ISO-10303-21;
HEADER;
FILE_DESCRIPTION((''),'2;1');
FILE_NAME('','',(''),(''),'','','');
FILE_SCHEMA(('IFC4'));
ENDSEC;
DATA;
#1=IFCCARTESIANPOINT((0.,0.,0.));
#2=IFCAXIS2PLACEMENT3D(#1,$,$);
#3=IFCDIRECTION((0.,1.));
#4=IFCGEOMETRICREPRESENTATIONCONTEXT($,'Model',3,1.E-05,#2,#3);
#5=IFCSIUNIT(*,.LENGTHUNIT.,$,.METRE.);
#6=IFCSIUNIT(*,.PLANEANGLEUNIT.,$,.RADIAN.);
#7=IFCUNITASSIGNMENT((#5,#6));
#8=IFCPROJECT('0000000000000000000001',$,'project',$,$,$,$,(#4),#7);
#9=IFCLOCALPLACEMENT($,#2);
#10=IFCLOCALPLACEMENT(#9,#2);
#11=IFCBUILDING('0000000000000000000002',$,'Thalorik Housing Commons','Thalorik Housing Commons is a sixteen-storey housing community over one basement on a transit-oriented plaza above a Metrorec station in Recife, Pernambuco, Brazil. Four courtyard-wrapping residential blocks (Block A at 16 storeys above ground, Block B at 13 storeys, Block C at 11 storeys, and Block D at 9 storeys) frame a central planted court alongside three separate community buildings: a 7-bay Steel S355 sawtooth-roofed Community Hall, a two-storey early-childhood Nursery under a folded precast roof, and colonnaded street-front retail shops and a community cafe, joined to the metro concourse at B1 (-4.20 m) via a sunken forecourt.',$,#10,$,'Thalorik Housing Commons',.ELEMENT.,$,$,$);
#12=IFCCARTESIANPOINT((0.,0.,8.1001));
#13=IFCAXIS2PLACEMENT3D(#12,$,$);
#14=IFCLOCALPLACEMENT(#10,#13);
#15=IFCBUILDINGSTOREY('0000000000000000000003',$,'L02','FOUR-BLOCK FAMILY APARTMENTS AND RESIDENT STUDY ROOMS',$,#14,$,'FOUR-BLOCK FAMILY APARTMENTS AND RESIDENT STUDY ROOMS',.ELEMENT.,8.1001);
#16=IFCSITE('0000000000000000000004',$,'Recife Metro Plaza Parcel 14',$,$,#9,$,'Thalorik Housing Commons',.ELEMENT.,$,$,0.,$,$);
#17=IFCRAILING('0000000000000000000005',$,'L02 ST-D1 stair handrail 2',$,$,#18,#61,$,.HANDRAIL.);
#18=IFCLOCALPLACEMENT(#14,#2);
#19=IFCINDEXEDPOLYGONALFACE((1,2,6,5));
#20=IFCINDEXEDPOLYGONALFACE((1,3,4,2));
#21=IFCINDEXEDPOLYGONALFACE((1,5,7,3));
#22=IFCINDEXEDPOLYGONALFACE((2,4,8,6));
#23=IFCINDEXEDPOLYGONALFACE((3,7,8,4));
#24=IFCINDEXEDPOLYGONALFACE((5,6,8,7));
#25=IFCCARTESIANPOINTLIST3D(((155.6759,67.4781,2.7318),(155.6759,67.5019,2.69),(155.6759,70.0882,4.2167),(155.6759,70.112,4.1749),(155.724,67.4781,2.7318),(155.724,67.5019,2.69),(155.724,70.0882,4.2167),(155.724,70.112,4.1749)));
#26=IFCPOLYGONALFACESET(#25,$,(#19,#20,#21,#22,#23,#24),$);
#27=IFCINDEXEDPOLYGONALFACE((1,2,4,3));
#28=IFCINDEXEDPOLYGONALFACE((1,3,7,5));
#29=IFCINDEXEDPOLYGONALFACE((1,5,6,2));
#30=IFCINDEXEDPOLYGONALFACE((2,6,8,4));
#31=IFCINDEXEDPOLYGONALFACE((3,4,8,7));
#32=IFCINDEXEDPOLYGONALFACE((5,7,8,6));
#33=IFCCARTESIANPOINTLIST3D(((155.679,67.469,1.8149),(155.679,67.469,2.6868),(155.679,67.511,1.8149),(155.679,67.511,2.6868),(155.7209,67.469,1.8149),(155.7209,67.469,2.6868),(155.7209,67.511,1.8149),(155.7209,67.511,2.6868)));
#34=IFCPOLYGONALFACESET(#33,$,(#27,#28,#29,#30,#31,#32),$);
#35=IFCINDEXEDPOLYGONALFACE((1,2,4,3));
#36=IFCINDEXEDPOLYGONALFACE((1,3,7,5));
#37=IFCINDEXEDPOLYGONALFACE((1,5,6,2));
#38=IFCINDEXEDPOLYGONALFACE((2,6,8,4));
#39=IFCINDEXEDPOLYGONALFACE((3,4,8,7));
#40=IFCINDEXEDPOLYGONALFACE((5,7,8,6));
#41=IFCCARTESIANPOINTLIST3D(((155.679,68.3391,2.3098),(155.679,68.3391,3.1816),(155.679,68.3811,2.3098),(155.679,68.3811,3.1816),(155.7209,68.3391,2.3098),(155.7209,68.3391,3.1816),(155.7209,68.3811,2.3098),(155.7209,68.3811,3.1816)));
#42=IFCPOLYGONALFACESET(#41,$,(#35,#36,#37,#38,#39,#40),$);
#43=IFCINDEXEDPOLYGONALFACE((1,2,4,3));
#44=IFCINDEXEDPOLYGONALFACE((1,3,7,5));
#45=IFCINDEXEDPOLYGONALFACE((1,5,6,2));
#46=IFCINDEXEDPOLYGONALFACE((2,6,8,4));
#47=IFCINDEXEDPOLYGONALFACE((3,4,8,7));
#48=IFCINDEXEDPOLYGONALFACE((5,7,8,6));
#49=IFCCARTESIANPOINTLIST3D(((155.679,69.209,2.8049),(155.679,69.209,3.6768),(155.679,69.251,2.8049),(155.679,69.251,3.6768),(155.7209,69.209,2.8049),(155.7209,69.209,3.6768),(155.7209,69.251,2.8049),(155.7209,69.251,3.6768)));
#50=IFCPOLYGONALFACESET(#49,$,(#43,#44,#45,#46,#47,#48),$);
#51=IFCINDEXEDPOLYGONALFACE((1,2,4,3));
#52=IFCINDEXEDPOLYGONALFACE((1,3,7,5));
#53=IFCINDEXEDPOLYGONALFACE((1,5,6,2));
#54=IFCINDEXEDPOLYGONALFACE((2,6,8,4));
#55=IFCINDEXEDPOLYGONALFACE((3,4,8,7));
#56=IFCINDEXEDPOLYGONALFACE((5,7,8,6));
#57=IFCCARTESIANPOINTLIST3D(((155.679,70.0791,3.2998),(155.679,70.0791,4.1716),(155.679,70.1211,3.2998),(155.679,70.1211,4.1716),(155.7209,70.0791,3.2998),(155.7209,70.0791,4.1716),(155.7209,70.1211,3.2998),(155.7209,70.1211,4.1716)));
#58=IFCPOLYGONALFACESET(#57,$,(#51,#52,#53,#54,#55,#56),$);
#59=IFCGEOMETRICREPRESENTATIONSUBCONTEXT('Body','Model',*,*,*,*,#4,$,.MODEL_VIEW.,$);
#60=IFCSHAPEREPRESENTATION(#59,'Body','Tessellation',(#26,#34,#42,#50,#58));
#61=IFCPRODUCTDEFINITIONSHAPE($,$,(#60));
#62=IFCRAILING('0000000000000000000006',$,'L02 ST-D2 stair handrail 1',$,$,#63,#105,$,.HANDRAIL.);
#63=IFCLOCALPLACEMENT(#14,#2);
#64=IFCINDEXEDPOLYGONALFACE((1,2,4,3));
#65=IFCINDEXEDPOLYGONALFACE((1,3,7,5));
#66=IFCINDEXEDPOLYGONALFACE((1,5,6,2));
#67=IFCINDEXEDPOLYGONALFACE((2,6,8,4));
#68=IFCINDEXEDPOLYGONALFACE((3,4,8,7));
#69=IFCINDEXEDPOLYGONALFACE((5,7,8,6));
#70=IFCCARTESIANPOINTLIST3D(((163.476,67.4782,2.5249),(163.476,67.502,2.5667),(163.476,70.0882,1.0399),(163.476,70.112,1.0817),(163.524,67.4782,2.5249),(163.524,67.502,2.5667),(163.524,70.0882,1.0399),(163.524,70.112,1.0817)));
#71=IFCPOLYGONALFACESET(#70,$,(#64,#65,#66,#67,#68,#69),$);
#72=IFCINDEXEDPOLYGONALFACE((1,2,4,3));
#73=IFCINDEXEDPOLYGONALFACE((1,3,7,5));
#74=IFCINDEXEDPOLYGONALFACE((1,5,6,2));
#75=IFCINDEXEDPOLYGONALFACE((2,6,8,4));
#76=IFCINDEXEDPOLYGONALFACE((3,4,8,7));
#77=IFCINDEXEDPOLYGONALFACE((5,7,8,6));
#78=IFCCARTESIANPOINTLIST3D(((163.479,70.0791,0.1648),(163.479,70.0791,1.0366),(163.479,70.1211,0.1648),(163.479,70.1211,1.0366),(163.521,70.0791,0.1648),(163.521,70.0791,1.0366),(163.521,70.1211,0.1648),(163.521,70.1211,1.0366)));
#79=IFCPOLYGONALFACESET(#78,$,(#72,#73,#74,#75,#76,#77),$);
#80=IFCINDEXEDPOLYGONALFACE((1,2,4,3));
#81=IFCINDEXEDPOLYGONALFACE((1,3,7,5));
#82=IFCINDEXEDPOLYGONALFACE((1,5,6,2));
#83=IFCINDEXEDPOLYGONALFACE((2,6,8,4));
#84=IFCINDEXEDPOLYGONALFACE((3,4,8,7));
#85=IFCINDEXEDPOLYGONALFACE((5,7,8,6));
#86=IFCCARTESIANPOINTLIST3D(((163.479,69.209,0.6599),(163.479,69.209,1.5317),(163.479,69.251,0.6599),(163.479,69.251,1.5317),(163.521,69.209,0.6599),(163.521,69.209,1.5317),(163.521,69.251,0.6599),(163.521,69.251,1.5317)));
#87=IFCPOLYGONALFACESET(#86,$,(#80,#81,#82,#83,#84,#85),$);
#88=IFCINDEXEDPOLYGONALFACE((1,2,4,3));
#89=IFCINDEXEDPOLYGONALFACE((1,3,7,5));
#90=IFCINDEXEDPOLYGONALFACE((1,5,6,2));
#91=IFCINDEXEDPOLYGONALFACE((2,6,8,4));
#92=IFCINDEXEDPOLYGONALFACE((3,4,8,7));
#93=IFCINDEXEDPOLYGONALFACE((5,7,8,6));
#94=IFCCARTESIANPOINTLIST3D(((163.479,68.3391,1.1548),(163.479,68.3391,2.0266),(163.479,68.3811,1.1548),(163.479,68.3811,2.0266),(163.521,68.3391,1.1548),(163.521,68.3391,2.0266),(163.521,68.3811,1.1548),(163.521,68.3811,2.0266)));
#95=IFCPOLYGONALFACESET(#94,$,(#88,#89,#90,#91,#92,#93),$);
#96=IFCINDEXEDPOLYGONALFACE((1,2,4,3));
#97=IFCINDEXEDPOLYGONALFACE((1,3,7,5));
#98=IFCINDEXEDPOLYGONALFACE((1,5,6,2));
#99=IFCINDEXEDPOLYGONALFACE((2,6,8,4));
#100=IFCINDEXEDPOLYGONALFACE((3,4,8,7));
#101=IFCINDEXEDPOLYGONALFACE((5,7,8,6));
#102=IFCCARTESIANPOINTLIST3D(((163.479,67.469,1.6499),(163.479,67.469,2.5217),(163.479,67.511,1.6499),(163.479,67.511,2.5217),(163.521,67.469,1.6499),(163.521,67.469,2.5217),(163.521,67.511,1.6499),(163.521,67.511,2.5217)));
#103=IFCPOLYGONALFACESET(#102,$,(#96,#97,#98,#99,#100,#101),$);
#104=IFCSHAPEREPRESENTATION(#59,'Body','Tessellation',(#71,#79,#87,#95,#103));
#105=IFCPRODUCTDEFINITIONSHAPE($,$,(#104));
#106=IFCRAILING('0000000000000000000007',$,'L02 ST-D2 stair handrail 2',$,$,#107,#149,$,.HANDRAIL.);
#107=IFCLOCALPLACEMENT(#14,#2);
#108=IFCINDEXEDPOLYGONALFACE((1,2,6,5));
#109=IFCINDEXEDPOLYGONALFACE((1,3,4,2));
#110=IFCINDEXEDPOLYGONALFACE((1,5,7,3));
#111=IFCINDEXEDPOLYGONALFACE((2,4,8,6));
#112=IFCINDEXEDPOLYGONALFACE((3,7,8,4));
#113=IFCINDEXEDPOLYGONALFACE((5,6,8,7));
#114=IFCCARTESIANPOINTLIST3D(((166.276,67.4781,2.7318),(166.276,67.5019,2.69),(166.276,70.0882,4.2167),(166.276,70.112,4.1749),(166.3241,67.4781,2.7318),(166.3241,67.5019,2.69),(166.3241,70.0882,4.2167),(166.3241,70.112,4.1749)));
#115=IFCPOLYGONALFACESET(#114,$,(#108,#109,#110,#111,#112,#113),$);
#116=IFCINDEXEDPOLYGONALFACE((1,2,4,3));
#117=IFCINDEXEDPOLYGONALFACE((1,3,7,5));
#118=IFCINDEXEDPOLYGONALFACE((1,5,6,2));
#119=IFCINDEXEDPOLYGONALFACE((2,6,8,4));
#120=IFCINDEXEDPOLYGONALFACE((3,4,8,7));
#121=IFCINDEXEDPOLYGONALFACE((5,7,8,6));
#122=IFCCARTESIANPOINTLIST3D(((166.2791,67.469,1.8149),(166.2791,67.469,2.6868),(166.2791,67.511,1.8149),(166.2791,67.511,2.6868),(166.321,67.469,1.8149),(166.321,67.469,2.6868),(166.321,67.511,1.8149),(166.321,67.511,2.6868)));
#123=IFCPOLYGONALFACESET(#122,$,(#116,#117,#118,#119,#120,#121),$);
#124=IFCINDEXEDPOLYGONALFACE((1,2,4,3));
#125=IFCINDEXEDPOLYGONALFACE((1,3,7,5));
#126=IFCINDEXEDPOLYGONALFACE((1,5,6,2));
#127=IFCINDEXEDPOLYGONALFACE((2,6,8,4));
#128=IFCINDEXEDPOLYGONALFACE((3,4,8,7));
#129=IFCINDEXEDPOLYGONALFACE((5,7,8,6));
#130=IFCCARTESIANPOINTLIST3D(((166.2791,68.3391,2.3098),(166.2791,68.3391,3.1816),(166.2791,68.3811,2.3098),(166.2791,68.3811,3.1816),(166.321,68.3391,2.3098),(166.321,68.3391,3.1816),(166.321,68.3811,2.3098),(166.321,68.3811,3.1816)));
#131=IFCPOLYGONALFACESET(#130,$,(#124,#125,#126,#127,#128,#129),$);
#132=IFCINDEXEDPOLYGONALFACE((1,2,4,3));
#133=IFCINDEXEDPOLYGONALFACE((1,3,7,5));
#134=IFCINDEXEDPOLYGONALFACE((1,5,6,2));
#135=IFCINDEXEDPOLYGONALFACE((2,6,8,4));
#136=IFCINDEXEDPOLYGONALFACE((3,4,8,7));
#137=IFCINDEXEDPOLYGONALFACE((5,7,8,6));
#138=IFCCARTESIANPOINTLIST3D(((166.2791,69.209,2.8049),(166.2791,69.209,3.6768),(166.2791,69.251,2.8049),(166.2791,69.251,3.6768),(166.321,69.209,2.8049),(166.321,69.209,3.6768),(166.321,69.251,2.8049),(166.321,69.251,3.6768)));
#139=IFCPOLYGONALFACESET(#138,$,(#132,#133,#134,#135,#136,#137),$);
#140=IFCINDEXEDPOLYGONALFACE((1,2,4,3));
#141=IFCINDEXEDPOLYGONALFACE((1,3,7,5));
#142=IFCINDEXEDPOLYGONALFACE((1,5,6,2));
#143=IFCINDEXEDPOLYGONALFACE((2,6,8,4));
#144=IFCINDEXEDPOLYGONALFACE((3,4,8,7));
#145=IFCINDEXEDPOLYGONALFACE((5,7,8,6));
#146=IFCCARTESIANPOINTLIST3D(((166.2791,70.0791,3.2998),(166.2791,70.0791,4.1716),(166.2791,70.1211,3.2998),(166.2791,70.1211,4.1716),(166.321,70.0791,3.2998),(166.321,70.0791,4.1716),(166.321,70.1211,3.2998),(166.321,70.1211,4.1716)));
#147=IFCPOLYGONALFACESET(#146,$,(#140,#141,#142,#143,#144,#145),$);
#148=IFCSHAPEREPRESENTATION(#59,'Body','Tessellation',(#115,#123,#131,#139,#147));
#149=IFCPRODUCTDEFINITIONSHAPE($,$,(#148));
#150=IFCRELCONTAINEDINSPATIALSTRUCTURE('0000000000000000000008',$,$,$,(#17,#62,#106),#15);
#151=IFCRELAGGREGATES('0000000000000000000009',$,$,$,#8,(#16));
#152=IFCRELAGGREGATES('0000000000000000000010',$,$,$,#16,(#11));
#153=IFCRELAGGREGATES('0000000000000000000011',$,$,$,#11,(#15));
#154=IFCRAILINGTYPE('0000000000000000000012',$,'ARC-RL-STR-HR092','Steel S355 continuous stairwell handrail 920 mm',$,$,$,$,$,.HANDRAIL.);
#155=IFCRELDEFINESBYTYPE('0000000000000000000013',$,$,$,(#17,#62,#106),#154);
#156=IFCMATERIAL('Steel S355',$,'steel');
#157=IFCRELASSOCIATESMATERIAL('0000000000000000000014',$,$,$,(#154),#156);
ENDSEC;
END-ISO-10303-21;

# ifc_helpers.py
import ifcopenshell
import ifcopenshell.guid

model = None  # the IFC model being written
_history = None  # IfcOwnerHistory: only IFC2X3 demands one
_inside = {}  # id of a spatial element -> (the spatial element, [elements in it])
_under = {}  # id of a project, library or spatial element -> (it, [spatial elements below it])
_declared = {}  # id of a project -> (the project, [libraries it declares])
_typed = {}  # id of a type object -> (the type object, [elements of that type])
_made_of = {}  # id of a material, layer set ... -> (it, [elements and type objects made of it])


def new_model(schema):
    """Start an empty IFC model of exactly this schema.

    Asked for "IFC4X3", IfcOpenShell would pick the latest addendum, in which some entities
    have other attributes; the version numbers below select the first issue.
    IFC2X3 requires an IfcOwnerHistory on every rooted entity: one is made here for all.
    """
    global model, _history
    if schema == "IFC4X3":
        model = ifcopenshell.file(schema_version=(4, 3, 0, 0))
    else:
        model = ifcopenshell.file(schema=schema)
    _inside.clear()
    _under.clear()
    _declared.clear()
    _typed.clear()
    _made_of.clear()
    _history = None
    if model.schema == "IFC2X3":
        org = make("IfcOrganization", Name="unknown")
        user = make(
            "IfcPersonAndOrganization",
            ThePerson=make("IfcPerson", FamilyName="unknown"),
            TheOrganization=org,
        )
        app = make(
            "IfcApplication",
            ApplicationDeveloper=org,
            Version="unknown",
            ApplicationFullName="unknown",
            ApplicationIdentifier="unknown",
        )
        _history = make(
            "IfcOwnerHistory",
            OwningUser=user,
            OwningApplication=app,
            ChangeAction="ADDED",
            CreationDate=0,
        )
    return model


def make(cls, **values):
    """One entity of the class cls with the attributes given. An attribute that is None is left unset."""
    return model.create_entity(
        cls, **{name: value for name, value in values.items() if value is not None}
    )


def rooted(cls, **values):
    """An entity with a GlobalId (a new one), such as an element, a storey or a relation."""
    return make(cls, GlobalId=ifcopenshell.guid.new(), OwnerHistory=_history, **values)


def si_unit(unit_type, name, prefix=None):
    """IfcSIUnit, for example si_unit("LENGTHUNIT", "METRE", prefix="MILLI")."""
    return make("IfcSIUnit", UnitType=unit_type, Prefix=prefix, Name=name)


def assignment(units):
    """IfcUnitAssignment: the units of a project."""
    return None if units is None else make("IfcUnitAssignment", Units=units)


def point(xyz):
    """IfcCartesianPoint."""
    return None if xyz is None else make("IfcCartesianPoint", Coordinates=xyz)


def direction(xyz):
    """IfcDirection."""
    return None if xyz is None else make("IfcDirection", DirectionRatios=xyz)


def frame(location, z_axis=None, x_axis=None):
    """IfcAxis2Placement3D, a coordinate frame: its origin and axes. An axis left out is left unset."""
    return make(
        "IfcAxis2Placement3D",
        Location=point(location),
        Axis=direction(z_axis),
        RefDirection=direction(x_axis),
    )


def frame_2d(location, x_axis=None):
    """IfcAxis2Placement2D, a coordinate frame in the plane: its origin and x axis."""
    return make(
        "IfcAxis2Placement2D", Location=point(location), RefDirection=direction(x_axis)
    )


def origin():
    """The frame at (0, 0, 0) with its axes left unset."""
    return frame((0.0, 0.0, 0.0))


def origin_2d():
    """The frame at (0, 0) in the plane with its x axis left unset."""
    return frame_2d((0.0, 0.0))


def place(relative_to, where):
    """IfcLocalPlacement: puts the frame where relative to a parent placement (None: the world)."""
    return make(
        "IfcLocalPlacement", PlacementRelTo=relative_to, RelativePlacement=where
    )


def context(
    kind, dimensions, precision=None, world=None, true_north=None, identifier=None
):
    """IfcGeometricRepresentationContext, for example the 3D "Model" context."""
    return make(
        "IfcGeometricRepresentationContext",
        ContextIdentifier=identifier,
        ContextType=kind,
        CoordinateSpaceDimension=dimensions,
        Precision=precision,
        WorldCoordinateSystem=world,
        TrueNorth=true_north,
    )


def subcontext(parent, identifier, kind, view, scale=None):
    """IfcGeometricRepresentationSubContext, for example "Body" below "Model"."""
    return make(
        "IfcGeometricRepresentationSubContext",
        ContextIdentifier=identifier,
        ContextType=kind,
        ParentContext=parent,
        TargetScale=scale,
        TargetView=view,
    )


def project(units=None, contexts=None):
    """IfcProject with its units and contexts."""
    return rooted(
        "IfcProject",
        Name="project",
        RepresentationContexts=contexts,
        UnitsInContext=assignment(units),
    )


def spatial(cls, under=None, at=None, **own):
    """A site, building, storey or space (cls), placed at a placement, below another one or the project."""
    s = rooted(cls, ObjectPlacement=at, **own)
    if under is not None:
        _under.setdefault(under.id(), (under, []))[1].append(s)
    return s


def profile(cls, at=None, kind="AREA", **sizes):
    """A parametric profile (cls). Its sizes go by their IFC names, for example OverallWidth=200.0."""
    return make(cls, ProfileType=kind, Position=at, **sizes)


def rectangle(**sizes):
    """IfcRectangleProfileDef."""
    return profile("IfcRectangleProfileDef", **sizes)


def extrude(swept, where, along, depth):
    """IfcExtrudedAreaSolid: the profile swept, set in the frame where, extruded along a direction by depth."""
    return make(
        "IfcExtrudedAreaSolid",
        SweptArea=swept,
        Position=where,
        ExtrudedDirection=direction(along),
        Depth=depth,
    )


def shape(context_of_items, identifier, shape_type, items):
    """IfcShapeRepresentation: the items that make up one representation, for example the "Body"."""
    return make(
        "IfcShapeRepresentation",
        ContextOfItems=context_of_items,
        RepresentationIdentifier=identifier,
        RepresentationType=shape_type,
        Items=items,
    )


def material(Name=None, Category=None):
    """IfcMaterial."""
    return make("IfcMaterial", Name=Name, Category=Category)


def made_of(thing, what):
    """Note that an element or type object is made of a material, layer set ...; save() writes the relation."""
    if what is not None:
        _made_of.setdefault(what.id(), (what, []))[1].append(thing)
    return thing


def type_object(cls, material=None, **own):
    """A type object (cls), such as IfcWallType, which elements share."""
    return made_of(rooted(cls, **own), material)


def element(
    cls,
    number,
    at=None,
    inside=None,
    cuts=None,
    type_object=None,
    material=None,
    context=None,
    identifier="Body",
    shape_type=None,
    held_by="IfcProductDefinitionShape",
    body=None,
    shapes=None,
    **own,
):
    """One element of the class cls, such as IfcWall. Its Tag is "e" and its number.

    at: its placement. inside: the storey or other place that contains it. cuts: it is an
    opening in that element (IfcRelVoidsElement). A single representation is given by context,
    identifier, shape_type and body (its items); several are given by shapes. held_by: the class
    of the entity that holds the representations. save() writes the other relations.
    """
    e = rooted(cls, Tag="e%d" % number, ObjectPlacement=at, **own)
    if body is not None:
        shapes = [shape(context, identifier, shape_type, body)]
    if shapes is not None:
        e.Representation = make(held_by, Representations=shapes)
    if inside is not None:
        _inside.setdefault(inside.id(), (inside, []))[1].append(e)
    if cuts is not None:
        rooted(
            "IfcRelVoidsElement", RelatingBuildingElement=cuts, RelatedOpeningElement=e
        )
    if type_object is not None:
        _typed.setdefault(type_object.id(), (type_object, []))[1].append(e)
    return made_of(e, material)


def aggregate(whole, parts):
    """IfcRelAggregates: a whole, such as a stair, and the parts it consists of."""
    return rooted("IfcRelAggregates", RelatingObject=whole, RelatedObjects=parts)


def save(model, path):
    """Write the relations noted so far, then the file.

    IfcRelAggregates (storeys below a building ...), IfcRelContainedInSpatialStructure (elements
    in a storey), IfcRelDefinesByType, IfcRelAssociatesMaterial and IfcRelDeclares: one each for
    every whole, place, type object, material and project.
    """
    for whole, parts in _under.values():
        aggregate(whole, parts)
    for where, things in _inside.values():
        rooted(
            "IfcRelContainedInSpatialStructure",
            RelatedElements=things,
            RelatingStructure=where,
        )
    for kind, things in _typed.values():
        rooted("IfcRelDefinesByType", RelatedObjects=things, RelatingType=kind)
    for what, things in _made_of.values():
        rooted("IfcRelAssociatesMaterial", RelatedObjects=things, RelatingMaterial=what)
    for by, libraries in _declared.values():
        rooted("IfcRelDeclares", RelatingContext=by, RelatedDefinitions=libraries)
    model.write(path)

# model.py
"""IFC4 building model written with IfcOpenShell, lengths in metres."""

from ifc_helpers import new_model, si_unit, direction, frame, origin, origin_2d, place, context, subcontext, project, spatial, rectangle, extrude, material, type_object, element, save


model = new_model("IFC4")

# Units and contexts
model_context = context("Model", 3, precision=1e-05, world=origin(), true_north=direction((0.0, 1.0)))
body_context = subcontext(model_context, "Body", "Model", "MODEL_VIEW")
ifc_project = project(units=[si_unit("LENGTHUNIT", "METRE"), si_unit("PLANEANGLEUNIT", "RADIAN")], contexts=[model_context])

# Site, building, storey
site_placement = place(None, origin())
site = spatial("IfcSite", under=ifc_project, at=site_placement, Name="Recife Metro Plaza Parcel 14", LongName="Thalorik Housing Commons", CompositionType="ELEMENT", RefElevation=0.0)
building_placement = place(site_placement, origin())
building = spatial("IfcBuilding", under=site, at=building_placement, Name="Thalorik Housing Commons", Description="Thalorik Housing Commons is a sixteen-storey housing community over one basement on a transit-oriented plaza above a Metrorec station in Recife, Pernambuco, Brazil. Four courtyard-wrapping residential blocks (Block A at 16 storeys above ground, Block B at 13 storeys, Block C at 11 storeys, and Block D at 9 storeys) frame a central planted court alongside three separate community buildings: a 7-bay Steel S355 sawtooth-roofed Community Hall, a two-storey early-childhood Nursery under a folded precast roof, and colonnaded street-front retail shops and a community cafe, joined to the metro concourse at B1 (-4.20 m) via a sunken forecourt.", LongName="Thalorik Housing Commons", CompositionType="ELEMENT")
storey_placement = place(building_placement, frame((0.0, 0.0, 8.1001)))
storey = spatial("IfcBuildingStorey", under=building, at=storey_placement, Name="L02", Description="FOUR-BLOCK FAMILY APARTMENTS AND RESIDENT STUDY ROOMS", LongName="FOUR-BLOCK FAMILY APARTMENTS AND RESIDENT STUDY ROOMS", CompositionType="ELEMENT", Elevation=8.1001)

# Shared definitions
ifc_material_1 = material(Name="Steel S355", Category="steel")

# Railings
railing_type_1 = type_object("IfcRailingType", Name="ARC-RL-STR-HR092", Description="Steel S355 continuous stairwell handrail 920 mm", PredefinedType="HANDRAIL", material=ifc_material_1)
railing_1_placement = place(storey_placement, frame((155.7, 67.49, 1.8149)))
element("IfcRailing", 1, at=railing_1_placement, inside=storey, type_object=railing_type_1, Name="L02 ST-D1 stair handrail 2", PredefinedType="HANDRAIL", context=body_context, shape_type="SweptSolid", body=[
    extrude(rectangle(XDim=0.0481, YDim=0.0481, at=origin_2d()), frame((0.0, 0.0, 0.896), z_axis=(0.0, 0.869192, 0.494474), x_axis=(-1.0, 0.0, 0.0)), (0.0, 0.0, 1.0), 3.0029),
    extrude(rectangle(XDim=0.042, YDim=0.042, at=origin_2d()), origin(), (0.0, 0.0, 1.0), 0.8718),
    extrude(rectangle(XDim=0.042, YDim=0.042, at=origin_2d()), frame((0.0, 0.8701, 0.4949)), (0.0, 0.0, 1.0), 0.8718),
    extrude(rectangle(XDim=0.042, YDim=0.042, at=origin_2d()), frame((0.0, 1.74, 0.99)), (0.0, 0.0, 1.0), 0.8718),
    extrude(rectangle(XDim=0.042, YDim=0.042, at=origin_2d()), frame((0.0, 2.6101, 1.4849)), (0.0, 0.0, 1.0), 0.8718),
])
railing_2_placement = place(storey_placement, frame((163.5, 70.1001, 0.1648)))
element("IfcRailing", 2, at=railing_2_placement, inside=storey, type_object=railing_type_1, Name="L02 ST-D2 stair handrail 1", PredefinedType="HANDRAIL", context=body_context, shape_type="SweptSolid", body=[
    extrude(rectangle(XDim=0.0481, YDim=0.0481, at=origin_2d()), frame((0.0, 0.0, 0.896), z_axis=(0.0, -0.869157, 0.494536), x_axis=(1.0, 0.0, 0.0)), (0.0, 0.0, 1.0), 3.0029),
    extrude(rectangle(XDim=0.042, YDim=0.042, at=origin_2d()), origin(), (0.0, 0.0, 1.0), 0.8718),
    extrude(rectangle(XDim=0.042, YDim=0.042, at=origin_2d()), frame((0.0, -0.8701, 0.4951)), (0.0, 0.0, 1.0), 0.8718),
    extrude(rectangle(XDim=0.042, YDim=0.042, at=origin_2d()), frame((0.0, -1.74, 0.99)), (0.0, 0.0, 1.0), 0.8718),
    extrude(rectangle(XDim=0.042, YDim=0.042, at=origin_2d()), frame((0.0, -2.6101, 1.4851)), (0.0, 0.0, 1.0), 0.8718),
])
railing_3_placement = place(storey_placement, frame((166.3, 67.49, 1.8149)))
element("IfcRailing", 3, at=railing_3_placement, inside=storey, type_object=railing_type_1, Name="L02 ST-D2 stair handrail 2", PredefinedType="HANDRAIL", context=body_context, shape_type="SweptSolid", body=[
    extrude(rectangle(XDim=0.0481, YDim=0.0481, at=origin_2d()), frame((0.0, 0.0, 0.896), z_axis=(0.0, 0.869192, 0.494474), x_axis=(-1.0, 0.0, 0.0)), (0.0, 0.0, 1.0), 3.0029),
    extrude(rectangle(XDim=0.042, YDim=0.042, at=origin_2d()), origin(), (0.0, 0.0, 1.0), 0.8718),
    extrude(rectangle(XDim=0.042, YDim=0.042, at=origin_2d()), frame((0.0, 0.8701, 0.4949)), (0.0, 0.0, 1.0), 0.8718),
    extrude(rectangle(XDim=0.042, YDim=0.042, at=origin_2d()), frame((0.0, 1.74, 0.99)), (0.0, 0.0, 1.0), 0.8718),
    extrude(rectangle(XDim=0.042, YDim=0.042, at=origin_2d()), frame((0.0, 2.6101, 1.4849)), (0.0, 0.0, 1.0), 0.8718),
])

save(model, "model.ifc")
